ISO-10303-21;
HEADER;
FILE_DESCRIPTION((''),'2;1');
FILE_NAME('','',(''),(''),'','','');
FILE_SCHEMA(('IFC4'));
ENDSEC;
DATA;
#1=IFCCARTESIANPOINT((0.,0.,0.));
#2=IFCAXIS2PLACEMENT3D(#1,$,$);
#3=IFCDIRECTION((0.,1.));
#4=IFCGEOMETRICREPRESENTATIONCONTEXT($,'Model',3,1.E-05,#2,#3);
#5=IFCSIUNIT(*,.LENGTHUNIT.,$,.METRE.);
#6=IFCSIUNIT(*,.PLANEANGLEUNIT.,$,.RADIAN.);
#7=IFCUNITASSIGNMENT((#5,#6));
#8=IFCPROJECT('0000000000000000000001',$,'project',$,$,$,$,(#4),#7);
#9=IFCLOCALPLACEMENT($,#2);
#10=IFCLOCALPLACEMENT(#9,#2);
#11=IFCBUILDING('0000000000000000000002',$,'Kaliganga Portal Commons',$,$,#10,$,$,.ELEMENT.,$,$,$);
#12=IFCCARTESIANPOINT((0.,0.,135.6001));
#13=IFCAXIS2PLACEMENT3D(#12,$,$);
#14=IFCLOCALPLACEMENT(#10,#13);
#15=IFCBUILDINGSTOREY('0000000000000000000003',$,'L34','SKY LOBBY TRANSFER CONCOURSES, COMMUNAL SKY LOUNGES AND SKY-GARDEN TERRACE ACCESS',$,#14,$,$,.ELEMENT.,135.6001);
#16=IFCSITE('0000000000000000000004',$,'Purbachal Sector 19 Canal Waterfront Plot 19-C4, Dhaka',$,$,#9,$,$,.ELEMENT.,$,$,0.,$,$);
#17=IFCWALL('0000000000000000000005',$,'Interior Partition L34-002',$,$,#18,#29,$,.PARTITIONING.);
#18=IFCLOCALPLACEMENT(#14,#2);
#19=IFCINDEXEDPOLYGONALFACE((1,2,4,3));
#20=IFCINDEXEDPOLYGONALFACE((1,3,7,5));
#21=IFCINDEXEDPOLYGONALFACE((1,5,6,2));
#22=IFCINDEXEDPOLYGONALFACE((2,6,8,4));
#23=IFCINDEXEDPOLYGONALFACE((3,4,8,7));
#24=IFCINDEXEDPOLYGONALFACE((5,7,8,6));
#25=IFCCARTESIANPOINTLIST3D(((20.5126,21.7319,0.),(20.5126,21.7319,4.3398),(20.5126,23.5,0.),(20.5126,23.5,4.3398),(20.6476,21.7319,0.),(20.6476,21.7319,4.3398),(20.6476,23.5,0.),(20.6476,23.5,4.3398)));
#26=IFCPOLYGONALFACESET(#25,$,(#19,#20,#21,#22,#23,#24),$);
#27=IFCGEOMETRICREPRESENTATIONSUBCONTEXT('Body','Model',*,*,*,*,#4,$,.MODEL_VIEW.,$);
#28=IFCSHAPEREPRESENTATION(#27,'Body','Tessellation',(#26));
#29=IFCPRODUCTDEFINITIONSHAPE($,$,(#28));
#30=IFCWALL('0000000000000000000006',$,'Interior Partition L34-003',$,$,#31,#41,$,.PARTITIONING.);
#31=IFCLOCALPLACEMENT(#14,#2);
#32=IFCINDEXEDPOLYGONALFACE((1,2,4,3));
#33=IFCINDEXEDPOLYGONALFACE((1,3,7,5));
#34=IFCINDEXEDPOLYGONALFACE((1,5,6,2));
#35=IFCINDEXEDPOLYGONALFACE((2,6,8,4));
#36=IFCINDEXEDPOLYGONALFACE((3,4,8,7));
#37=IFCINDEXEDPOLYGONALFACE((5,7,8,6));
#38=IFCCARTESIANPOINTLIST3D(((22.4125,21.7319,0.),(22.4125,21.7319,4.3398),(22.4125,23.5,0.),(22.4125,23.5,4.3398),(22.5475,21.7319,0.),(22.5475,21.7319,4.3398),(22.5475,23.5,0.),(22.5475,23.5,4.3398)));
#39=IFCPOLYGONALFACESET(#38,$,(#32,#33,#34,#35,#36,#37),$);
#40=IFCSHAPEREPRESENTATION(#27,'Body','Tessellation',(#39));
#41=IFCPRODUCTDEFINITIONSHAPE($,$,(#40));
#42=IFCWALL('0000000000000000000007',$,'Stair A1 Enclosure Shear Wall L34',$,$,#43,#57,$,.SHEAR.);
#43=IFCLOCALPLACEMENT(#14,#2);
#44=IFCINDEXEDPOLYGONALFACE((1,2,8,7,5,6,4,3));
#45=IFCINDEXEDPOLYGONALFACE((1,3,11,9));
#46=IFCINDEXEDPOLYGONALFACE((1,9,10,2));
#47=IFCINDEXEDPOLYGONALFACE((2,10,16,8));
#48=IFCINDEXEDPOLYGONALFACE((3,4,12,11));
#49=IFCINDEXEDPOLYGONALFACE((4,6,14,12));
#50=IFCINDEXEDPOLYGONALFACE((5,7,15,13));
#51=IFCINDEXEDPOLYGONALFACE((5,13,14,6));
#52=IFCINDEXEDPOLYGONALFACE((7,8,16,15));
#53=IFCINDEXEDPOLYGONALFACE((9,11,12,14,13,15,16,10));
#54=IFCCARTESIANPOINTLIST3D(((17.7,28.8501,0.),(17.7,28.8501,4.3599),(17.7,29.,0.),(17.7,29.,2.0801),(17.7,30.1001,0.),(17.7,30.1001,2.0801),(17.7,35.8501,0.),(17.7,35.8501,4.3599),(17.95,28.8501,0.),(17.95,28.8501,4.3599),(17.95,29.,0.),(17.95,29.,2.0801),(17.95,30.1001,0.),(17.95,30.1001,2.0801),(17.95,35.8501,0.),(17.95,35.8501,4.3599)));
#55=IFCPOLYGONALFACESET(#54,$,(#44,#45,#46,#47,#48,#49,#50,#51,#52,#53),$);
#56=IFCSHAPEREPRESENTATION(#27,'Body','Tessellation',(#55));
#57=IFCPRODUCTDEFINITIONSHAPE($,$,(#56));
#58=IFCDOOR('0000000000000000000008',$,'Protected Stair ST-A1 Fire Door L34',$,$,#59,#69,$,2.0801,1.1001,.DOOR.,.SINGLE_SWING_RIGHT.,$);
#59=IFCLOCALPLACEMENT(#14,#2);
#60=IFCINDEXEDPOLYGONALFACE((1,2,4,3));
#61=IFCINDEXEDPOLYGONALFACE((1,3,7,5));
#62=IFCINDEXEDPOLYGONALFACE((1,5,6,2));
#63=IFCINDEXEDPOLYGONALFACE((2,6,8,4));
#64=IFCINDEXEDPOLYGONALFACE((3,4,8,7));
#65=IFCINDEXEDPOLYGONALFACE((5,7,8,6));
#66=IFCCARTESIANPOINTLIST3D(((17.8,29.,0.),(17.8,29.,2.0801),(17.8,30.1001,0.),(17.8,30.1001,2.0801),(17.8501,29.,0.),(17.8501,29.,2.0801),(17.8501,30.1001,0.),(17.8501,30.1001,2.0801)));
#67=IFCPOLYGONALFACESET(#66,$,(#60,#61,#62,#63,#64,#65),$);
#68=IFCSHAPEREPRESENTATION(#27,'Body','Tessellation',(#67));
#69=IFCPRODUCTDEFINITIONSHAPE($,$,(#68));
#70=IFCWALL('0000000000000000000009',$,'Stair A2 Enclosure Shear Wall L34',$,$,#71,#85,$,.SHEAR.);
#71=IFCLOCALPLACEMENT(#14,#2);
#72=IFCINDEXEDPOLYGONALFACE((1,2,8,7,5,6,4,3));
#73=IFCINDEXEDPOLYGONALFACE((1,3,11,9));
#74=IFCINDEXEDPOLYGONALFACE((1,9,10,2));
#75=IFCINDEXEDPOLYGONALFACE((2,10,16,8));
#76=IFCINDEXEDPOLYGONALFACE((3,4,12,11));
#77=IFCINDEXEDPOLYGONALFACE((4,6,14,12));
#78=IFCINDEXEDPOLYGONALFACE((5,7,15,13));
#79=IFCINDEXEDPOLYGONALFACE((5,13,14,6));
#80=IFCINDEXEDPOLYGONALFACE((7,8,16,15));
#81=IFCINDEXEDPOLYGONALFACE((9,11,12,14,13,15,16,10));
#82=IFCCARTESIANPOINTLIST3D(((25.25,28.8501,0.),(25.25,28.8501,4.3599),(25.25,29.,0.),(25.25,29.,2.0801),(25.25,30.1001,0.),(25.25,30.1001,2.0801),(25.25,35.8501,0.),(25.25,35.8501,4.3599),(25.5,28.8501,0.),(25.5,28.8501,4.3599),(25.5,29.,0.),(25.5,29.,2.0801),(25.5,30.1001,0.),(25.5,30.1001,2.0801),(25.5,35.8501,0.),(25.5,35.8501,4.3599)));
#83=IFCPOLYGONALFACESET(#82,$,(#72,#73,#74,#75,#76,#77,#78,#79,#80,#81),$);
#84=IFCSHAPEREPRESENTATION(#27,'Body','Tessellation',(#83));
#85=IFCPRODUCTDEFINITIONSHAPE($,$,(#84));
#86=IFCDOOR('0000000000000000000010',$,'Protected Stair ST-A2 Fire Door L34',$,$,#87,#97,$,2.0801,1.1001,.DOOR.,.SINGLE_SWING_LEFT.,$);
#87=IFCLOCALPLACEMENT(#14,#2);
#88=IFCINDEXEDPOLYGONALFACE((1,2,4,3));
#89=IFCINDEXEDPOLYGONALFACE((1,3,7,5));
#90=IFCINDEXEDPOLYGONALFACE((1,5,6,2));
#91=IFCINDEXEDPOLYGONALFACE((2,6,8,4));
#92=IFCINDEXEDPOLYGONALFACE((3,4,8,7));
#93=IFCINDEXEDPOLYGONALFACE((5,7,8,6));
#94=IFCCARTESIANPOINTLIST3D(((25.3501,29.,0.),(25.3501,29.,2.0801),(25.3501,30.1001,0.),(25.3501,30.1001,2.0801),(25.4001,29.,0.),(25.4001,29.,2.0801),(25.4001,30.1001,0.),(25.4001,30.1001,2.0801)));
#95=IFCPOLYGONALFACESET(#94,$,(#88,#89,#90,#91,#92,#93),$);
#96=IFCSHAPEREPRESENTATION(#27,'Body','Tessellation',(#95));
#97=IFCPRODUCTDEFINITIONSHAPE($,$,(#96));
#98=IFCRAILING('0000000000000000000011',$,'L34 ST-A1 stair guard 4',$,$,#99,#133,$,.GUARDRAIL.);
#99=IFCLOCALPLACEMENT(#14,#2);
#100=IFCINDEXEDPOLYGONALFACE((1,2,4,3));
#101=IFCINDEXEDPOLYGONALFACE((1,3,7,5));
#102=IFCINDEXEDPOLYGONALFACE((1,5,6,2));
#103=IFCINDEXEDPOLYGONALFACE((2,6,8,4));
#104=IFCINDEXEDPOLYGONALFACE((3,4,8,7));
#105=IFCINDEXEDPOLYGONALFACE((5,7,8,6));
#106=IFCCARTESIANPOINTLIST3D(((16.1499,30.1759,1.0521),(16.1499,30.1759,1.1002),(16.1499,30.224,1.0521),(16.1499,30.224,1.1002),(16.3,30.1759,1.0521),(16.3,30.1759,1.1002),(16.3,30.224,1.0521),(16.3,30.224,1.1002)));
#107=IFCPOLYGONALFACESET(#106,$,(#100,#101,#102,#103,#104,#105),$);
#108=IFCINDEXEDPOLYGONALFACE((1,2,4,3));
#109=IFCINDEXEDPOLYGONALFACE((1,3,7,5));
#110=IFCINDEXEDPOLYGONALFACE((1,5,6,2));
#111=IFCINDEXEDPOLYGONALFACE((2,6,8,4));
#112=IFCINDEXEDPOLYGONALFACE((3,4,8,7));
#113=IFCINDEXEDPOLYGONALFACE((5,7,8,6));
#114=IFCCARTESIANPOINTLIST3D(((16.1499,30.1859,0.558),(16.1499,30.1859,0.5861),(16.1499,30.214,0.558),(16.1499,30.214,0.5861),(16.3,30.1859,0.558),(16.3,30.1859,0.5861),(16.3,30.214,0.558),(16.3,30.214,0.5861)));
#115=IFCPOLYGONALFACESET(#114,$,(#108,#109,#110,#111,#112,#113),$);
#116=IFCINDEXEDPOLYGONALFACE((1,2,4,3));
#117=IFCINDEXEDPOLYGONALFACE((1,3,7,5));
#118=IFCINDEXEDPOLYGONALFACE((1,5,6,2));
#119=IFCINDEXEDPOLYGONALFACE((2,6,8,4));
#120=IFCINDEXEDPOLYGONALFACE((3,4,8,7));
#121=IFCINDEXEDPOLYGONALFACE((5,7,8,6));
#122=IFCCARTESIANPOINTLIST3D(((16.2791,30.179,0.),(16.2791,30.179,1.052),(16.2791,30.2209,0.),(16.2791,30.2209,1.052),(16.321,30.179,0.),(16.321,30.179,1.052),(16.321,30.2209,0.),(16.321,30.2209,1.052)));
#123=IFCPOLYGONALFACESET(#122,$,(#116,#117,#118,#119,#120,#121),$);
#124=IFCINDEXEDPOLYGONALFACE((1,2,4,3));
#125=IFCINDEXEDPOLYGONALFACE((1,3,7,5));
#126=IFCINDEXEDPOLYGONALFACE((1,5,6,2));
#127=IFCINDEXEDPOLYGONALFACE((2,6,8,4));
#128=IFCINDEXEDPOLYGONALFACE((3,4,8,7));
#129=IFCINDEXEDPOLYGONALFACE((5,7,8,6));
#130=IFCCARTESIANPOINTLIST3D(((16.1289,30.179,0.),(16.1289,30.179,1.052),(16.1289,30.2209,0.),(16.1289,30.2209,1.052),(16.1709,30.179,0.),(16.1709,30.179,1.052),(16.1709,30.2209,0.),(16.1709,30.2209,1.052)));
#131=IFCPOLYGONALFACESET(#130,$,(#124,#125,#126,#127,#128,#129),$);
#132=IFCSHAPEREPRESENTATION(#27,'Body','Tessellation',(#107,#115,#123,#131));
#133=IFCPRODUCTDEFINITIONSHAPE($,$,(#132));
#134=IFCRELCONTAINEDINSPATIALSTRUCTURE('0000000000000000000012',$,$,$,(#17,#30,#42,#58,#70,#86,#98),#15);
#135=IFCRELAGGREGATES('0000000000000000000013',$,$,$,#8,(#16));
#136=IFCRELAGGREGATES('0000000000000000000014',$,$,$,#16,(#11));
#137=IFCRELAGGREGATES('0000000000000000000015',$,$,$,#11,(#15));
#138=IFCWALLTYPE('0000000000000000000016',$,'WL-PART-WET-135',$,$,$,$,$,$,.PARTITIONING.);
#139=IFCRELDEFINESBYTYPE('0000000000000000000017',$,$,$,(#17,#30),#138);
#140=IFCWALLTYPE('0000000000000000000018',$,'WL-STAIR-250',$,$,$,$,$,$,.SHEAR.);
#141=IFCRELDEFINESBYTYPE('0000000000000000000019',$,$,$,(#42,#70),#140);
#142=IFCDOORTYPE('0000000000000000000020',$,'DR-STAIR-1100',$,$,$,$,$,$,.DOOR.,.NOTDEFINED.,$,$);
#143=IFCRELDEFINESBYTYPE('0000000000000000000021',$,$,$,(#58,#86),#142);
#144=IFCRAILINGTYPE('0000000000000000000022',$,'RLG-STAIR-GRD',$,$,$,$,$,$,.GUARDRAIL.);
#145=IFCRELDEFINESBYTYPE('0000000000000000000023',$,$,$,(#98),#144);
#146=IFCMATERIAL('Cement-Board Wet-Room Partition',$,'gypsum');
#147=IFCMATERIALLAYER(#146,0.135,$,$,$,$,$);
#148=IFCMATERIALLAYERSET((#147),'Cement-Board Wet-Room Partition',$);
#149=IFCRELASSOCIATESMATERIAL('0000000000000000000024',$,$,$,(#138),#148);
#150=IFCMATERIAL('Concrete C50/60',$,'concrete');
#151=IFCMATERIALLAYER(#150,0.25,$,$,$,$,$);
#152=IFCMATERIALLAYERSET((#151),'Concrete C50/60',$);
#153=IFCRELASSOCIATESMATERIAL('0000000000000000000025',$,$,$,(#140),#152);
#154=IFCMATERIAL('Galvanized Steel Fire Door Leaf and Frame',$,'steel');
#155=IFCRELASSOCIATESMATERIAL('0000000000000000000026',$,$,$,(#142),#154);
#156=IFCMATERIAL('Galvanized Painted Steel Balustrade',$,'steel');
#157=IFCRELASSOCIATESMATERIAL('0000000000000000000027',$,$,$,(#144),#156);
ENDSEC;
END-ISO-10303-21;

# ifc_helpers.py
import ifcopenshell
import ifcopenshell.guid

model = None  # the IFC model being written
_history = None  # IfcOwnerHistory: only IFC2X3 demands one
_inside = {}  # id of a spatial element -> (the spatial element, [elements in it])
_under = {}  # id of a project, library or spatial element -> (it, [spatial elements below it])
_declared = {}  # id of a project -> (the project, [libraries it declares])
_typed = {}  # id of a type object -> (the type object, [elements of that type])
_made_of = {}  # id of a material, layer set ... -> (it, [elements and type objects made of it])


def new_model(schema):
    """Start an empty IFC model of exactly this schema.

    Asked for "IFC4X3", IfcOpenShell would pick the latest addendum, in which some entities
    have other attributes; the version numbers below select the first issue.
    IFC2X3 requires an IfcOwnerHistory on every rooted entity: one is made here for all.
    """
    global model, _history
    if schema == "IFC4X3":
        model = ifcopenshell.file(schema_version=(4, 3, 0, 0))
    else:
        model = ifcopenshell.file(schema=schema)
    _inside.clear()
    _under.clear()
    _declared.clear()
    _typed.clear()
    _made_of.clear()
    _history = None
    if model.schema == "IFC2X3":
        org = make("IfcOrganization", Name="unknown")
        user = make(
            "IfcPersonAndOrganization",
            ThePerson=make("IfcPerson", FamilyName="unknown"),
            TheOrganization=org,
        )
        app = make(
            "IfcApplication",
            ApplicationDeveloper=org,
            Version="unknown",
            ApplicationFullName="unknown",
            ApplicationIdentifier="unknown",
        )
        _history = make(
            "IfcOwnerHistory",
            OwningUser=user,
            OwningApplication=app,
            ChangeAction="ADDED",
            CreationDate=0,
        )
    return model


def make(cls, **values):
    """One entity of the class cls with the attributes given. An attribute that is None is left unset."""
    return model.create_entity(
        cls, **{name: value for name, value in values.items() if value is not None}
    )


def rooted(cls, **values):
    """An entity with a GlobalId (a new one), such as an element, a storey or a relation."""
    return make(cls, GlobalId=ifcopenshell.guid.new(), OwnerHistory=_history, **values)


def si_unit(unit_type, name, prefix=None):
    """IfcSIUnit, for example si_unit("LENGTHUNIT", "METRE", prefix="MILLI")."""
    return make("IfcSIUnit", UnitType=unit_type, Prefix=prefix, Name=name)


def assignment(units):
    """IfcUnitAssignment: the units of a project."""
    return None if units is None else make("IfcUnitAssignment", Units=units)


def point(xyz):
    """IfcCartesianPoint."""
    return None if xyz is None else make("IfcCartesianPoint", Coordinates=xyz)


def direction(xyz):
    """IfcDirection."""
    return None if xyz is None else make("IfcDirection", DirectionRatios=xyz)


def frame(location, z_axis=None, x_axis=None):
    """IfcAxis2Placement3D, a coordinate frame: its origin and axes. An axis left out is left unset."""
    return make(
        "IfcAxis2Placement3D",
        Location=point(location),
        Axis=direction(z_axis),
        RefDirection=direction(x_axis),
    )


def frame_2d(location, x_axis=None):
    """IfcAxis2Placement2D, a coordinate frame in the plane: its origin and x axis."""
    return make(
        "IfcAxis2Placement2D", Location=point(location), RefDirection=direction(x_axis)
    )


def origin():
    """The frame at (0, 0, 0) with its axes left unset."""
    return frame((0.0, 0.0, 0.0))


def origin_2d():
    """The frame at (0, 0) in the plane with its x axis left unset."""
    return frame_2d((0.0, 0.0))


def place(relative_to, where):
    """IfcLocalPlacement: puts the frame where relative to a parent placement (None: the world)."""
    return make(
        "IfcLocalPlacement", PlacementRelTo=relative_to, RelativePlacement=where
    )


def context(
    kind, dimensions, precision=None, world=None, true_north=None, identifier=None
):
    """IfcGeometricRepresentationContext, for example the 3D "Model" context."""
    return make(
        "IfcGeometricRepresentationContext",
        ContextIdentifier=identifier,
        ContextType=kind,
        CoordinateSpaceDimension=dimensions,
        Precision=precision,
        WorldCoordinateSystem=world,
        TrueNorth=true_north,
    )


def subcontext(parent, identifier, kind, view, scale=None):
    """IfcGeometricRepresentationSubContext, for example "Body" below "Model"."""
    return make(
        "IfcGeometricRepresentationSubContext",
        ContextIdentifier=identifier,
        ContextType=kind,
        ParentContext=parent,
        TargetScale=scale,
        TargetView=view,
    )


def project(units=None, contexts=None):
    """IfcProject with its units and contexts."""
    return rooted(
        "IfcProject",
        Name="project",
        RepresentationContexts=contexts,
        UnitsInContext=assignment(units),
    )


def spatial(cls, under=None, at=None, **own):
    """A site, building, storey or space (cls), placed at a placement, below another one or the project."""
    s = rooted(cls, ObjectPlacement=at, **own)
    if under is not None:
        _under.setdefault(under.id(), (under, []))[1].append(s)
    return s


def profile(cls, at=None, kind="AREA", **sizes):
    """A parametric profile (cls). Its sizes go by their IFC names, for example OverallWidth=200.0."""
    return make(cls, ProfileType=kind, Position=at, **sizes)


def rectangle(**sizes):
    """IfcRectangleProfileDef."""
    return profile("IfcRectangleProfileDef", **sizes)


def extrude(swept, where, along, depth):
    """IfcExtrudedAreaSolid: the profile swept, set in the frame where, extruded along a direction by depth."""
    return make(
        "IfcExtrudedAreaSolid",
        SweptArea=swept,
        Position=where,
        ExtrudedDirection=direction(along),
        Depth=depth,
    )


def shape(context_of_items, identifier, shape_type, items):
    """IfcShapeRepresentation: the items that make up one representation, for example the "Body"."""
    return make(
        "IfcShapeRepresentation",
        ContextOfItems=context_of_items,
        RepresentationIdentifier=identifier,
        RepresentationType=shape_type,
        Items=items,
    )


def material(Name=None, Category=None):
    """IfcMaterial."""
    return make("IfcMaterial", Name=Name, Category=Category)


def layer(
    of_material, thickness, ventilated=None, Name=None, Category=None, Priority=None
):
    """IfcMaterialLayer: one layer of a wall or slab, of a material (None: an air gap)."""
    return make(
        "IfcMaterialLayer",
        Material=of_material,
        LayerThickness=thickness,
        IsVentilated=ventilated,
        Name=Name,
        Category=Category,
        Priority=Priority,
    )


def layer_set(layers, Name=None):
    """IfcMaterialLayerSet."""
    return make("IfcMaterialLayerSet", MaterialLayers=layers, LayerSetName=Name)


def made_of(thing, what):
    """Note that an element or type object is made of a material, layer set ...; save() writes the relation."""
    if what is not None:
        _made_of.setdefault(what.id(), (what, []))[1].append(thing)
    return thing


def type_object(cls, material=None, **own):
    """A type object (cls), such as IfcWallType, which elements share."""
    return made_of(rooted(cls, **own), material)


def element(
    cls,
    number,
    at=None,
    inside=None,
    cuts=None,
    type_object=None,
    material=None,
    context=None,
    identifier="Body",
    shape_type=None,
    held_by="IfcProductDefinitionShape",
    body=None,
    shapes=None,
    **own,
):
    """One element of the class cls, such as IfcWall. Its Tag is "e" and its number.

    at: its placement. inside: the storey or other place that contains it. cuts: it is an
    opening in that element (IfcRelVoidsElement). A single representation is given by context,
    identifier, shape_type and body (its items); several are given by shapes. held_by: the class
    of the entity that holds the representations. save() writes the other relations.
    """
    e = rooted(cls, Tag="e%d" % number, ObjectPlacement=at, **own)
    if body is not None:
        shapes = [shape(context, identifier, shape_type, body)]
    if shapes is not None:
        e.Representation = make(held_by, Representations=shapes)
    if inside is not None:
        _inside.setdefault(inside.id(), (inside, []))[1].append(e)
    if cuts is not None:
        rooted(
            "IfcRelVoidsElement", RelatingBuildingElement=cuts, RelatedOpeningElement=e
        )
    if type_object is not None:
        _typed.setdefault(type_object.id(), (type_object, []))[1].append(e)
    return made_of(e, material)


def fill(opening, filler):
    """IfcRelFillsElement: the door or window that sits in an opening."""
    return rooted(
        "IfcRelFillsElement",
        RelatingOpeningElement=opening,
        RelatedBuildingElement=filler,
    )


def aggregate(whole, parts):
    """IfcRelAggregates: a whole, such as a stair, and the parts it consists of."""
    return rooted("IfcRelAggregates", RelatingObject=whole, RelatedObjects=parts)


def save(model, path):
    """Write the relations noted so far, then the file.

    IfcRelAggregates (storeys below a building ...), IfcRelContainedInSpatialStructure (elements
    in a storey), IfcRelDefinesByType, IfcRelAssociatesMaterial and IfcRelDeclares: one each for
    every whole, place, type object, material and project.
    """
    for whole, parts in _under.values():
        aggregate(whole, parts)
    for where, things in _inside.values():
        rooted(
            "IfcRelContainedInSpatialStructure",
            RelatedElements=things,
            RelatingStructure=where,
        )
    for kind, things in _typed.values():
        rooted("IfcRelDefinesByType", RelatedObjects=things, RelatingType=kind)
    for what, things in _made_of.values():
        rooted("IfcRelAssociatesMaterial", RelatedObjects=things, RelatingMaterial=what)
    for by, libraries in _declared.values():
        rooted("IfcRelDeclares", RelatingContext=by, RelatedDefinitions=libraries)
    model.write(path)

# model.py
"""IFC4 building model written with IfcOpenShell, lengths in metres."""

from ifc_helpers import new_model, si_unit, direction, frame, frame_2d, origin, origin_2d, place, context, subcontext, project, spatial, rectangle, extrude, material, layer, layer_set, type_object, element, fill, save


model = new_model("IFC4")

# Units and contexts
model_context = context("Model", 3, precision=1e-05, world=origin(), true_north=direction((0.0, 1.0)))
body_context = subcontext(model_context, "Body", "Model", "MODEL_VIEW")
ifc_project = project(units=[si_unit("LENGTHUNIT", "METRE"), si_unit("PLANEANGLEUNIT", "RADIAN")], contexts=[model_context])

# Site, building, storey
site_placement = place(None, origin())
site = spatial("IfcSite", under=ifc_project, at=site_placement, Name="Purbachal Sector 19 Canal Waterfront Plot 19-C4, Dhaka", CompositionType="ELEMENT", RefElevation=0.0)
building_placement = place(site_placement, origin())
building = spatial("IfcBuilding", under=site, at=building_placement, Name="Kaliganga Portal Commons", CompositionType="ELEMENT")
storey_placement = place(building_placement, frame((0.0, 0.0, 135.6001)))
storey = spatial("IfcBuildingStorey", under=building, at=storey_placement, Name="L34", Description="SKY LOBBY TRANSFER CONCOURSES, COMMUNAL SKY LOUNGES AND SKY-GARDEN TERRACE ACCESS", CompositionType="ELEMENT", Elevation=135.6001)

# Shared definitions
ifc_material_1 = material(Name="Concrete C50/60", Category="concrete")

# Shared definitions
ifc_material_2 = material(Name="Cement-Board Wet-Room Partition", Category="gypsum")
ifc_layer_1 = layer(ifc_material_2, 0.135)
ifc_layer_set_1 = layer_set([ifc_layer_1], Name="Cement-Board Wet-Room Partition")
wall_type_1 = type_object("IfcWallType", Name="WL-PART-WET-135", PredefinedType="PARTITIONING", material=ifc_layer_set_1)

# Walls
for number, where, z_axis, x_axis, name in (
    (1, (20.5801, 21.7319, 0.0), (0.0, 0.0, 1.0), (0.0, 1.0, 0.0), "Interior Partition L34-002"),
    (2, (22.48, 21.7319, 0.0), (0.0, 0.0, 1.0), (0.0, 1.0, 0.0), "Interior Partition L34-003"),
):
    element("IfcWall", number, at=place(storey_placement, frame(where, z_axis=z_axis, x_axis=x_axis)), inside=storey, type_object=wall_type_1, Name=name, PredefinedType="PARTITIONING", context=body_context, shape_type="SweptSolid", body=[
        extrude(rectangle(XDim=1.7681, YDim=0.135, at=frame_2d((0.884, 0.0))), origin(), (0.0, 0.0, 1.0), 4.3398),
    ])

# Walls, openings, doors
ifc_layer_2 = layer(ifc_material_1, 0.25)
ifc_layer_set_2 = layer_set([ifc_layer_2], Name="Concrete C50/60")
wall_type_2 = type_object("IfcWallType", Name="WL-STAIR-250", PredefinedType="SHEAR", material=ifc_layer_set_2)
wall_1_placement = place(storey_placement, frame((17.825, 28.8501, 0.0), z_axis=(0.0, 0.0, 1.0), x_axis=(0.0, 1.0, 0.0)))
wall_1 = element("IfcWall", 3, at=wall_1_placement, inside=storey, type_object=wall_type_2, Name="Stair A1 Enclosure Shear Wall L34", PredefinedType="SHEAR", context=body_context, shape_type="SweptSolid", body=[
    extrude(rectangle(XDim=7.0, YDim=0.25, at=frame_2d((3.5, 0.0))), origin(), (0.0, 0.0, 1.0), 4.3599),
])
opening_1_placement = place(wall_1_placement, frame((0.1499, 0.0, 0.0)))
opening_1 = element("IfcOpeningElement", 4, at=opening_1_placement, cuts=wall_1, PredefinedType="OPENING", context=body_context, shape_type="SweptSolid", body=[
    extrude(rectangle(XDim=1.1001, YDim=2.0801, at=frame_2d((0.55, 1.04))), frame((0.0, 0.135, 0.0), z_axis=(0.0, -1.0, 0.0), x_axis=(1.0, 0.0, 0.0)), (0.0, 0.0, 1.0), 0.27),
])
ifc_material_3 = material(Name="Galvanized Steel Fire Door Leaf and Frame", Category="steel")
door_type_1 = type_object("IfcDoorType", Name="DR-STAIR-1100", OperationType="NOTDEFINED", PredefinedType="DOOR", material=ifc_material_3)
door_1_placement = place(opening_1_placement, origin())
door_1 = element("IfcDoor", 5, at=door_1_placement, inside=storey, type_object=door_type_1, Name="Protected Stair ST-A1 Fire Door L34", OperationType="SINGLE_SWING_RIGHT", OverallHeight=2.0801, OverallWidth=1.1001, PredefinedType="DOOR", context=body_context, shape_type="SweptSolid", body=[
    extrude(rectangle(XDim=1.1001, YDim=2.0801, at=frame_2d((0.55, 1.04))), frame((0.0, 0.0249, 0.0), z_axis=(0.0, -1.0, 0.0), x_axis=(1.0, 0.0, 0.0)), (0.0, 0.0, 1.0), 0.05),
])
fill(opening_1, door_1)
wall_2_placement = place(storey_placement, frame((25.375, 28.8501, 0.0), z_axis=(0.0, 0.0, 1.0), x_axis=(0.0, 1.0, 0.0)))
wall_2 = element("IfcWall", 6, at=wall_2_placement, inside=storey, type_object=wall_type_2, Name="Stair A2 Enclosure Shear Wall L34", PredefinedType="SHEAR", context=body_context, shape_type="SweptSolid", body=[
    extrude(rectangle(XDim=7.0, YDim=0.25, at=frame_2d((3.5, 0.0))), origin(), (0.0, 0.0, 1.0), 4.3599),
])
opening_2_placement = place(wall_2_placement, frame((0.1499, 0.0, 0.0)))
opening_2 = element("IfcOpeningElement", 7, at=opening_2_placement, cuts=wall_2, PredefinedType="OPENING", context=body_context, shape_type="SweptSolid", body=[
    extrude(rectangle(XDim=1.1001, YDim=2.0801, at=frame_2d((0.55, 1.04))), frame((0.0, 0.135, 0.0), z_axis=(0.0, -1.0, 0.0), x_axis=(1.0, 0.0, 0.0)), (0.0, 0.0, 1.0), 0.27),
])
door_2_placement = place(opening_2_placement, origin())
door_2 = element("IfcDoor", 8, at=door_2_placement, inside=storey, type_object=door_type_1, Name="Protected Stair ST-A2 Fire Door L34", OperationType="SINGLE_SWING_LEFT", OverallHeight=2.0801, OverallWidth=1.1001, PredefinedType="DOOR", context=body_context, shape_type="SweptSolid", body=[
    extrude(rectangle(XDim=1.1001, YDim=2.0801, at=frame_2d((0.55, 1.04))), frame((0.0, 0.0249, 0.0), z_axis=(0.0, -1.0, 0.0), x_axis=(1.0, 0.0, 0.0)), (0.0, 0.0, 1.0), 0.05),
])
fill(opening_2, door_2)

# Railing
ifc_material_4 = material(Name="Galvanized Painted Steel Balustrade", Category="steel")
railing_type = type_object("IfcRailingType", Name="RLG-STAIR-GRD", PredefinedType="GUARDRAIL", material=ifc_material_4)
railing_placement = place(storey_placement, frame((16.3, 30.2, 0.0)))
element("IfcRailing", 9, at=railing_placement, inside=storey, type_object=railing_type, Name="L34 ST-A1 stair guard 4", PredefinedType="GUARDRAIL", context=body_context, shape_type="SweptSolid", body=[
    extrude(rectangle(XDim=0.0481, YDim=0.0481, at=origin_2d()), frame((0.0, 0.0, 1.0762), z_axis=(-1.0, 0.0, 0.0), x_axis=(0.0, -1.0, 0.0)), (0.0, 0.0, 1.0), 0.1501),
    extrude(rectangle(XDim=0.0281, YDim=0.0281, at=origin_2d()), frame((0.0, 0.0, 0.572), z_axis=(-1.0, 0.0, 0.0), x_axis=(0.0, -1.0, 0.0)), (0.0, 0.0, 1.0), 0.1501),
    extrude(rectangle(XDim=0.042, YDim=0.042, at=origin_2d()), origin(), (0.0, 0.0, 1.0), 1.052),
    extrude(rectangle(XDim=0.042, YDim=0.042, at=origin_2d()), frame((-0.1501, 0.0, 0.0)), (0.0, 0.0, 1.0), 1.052),
])

save(model, "model.ifc")
